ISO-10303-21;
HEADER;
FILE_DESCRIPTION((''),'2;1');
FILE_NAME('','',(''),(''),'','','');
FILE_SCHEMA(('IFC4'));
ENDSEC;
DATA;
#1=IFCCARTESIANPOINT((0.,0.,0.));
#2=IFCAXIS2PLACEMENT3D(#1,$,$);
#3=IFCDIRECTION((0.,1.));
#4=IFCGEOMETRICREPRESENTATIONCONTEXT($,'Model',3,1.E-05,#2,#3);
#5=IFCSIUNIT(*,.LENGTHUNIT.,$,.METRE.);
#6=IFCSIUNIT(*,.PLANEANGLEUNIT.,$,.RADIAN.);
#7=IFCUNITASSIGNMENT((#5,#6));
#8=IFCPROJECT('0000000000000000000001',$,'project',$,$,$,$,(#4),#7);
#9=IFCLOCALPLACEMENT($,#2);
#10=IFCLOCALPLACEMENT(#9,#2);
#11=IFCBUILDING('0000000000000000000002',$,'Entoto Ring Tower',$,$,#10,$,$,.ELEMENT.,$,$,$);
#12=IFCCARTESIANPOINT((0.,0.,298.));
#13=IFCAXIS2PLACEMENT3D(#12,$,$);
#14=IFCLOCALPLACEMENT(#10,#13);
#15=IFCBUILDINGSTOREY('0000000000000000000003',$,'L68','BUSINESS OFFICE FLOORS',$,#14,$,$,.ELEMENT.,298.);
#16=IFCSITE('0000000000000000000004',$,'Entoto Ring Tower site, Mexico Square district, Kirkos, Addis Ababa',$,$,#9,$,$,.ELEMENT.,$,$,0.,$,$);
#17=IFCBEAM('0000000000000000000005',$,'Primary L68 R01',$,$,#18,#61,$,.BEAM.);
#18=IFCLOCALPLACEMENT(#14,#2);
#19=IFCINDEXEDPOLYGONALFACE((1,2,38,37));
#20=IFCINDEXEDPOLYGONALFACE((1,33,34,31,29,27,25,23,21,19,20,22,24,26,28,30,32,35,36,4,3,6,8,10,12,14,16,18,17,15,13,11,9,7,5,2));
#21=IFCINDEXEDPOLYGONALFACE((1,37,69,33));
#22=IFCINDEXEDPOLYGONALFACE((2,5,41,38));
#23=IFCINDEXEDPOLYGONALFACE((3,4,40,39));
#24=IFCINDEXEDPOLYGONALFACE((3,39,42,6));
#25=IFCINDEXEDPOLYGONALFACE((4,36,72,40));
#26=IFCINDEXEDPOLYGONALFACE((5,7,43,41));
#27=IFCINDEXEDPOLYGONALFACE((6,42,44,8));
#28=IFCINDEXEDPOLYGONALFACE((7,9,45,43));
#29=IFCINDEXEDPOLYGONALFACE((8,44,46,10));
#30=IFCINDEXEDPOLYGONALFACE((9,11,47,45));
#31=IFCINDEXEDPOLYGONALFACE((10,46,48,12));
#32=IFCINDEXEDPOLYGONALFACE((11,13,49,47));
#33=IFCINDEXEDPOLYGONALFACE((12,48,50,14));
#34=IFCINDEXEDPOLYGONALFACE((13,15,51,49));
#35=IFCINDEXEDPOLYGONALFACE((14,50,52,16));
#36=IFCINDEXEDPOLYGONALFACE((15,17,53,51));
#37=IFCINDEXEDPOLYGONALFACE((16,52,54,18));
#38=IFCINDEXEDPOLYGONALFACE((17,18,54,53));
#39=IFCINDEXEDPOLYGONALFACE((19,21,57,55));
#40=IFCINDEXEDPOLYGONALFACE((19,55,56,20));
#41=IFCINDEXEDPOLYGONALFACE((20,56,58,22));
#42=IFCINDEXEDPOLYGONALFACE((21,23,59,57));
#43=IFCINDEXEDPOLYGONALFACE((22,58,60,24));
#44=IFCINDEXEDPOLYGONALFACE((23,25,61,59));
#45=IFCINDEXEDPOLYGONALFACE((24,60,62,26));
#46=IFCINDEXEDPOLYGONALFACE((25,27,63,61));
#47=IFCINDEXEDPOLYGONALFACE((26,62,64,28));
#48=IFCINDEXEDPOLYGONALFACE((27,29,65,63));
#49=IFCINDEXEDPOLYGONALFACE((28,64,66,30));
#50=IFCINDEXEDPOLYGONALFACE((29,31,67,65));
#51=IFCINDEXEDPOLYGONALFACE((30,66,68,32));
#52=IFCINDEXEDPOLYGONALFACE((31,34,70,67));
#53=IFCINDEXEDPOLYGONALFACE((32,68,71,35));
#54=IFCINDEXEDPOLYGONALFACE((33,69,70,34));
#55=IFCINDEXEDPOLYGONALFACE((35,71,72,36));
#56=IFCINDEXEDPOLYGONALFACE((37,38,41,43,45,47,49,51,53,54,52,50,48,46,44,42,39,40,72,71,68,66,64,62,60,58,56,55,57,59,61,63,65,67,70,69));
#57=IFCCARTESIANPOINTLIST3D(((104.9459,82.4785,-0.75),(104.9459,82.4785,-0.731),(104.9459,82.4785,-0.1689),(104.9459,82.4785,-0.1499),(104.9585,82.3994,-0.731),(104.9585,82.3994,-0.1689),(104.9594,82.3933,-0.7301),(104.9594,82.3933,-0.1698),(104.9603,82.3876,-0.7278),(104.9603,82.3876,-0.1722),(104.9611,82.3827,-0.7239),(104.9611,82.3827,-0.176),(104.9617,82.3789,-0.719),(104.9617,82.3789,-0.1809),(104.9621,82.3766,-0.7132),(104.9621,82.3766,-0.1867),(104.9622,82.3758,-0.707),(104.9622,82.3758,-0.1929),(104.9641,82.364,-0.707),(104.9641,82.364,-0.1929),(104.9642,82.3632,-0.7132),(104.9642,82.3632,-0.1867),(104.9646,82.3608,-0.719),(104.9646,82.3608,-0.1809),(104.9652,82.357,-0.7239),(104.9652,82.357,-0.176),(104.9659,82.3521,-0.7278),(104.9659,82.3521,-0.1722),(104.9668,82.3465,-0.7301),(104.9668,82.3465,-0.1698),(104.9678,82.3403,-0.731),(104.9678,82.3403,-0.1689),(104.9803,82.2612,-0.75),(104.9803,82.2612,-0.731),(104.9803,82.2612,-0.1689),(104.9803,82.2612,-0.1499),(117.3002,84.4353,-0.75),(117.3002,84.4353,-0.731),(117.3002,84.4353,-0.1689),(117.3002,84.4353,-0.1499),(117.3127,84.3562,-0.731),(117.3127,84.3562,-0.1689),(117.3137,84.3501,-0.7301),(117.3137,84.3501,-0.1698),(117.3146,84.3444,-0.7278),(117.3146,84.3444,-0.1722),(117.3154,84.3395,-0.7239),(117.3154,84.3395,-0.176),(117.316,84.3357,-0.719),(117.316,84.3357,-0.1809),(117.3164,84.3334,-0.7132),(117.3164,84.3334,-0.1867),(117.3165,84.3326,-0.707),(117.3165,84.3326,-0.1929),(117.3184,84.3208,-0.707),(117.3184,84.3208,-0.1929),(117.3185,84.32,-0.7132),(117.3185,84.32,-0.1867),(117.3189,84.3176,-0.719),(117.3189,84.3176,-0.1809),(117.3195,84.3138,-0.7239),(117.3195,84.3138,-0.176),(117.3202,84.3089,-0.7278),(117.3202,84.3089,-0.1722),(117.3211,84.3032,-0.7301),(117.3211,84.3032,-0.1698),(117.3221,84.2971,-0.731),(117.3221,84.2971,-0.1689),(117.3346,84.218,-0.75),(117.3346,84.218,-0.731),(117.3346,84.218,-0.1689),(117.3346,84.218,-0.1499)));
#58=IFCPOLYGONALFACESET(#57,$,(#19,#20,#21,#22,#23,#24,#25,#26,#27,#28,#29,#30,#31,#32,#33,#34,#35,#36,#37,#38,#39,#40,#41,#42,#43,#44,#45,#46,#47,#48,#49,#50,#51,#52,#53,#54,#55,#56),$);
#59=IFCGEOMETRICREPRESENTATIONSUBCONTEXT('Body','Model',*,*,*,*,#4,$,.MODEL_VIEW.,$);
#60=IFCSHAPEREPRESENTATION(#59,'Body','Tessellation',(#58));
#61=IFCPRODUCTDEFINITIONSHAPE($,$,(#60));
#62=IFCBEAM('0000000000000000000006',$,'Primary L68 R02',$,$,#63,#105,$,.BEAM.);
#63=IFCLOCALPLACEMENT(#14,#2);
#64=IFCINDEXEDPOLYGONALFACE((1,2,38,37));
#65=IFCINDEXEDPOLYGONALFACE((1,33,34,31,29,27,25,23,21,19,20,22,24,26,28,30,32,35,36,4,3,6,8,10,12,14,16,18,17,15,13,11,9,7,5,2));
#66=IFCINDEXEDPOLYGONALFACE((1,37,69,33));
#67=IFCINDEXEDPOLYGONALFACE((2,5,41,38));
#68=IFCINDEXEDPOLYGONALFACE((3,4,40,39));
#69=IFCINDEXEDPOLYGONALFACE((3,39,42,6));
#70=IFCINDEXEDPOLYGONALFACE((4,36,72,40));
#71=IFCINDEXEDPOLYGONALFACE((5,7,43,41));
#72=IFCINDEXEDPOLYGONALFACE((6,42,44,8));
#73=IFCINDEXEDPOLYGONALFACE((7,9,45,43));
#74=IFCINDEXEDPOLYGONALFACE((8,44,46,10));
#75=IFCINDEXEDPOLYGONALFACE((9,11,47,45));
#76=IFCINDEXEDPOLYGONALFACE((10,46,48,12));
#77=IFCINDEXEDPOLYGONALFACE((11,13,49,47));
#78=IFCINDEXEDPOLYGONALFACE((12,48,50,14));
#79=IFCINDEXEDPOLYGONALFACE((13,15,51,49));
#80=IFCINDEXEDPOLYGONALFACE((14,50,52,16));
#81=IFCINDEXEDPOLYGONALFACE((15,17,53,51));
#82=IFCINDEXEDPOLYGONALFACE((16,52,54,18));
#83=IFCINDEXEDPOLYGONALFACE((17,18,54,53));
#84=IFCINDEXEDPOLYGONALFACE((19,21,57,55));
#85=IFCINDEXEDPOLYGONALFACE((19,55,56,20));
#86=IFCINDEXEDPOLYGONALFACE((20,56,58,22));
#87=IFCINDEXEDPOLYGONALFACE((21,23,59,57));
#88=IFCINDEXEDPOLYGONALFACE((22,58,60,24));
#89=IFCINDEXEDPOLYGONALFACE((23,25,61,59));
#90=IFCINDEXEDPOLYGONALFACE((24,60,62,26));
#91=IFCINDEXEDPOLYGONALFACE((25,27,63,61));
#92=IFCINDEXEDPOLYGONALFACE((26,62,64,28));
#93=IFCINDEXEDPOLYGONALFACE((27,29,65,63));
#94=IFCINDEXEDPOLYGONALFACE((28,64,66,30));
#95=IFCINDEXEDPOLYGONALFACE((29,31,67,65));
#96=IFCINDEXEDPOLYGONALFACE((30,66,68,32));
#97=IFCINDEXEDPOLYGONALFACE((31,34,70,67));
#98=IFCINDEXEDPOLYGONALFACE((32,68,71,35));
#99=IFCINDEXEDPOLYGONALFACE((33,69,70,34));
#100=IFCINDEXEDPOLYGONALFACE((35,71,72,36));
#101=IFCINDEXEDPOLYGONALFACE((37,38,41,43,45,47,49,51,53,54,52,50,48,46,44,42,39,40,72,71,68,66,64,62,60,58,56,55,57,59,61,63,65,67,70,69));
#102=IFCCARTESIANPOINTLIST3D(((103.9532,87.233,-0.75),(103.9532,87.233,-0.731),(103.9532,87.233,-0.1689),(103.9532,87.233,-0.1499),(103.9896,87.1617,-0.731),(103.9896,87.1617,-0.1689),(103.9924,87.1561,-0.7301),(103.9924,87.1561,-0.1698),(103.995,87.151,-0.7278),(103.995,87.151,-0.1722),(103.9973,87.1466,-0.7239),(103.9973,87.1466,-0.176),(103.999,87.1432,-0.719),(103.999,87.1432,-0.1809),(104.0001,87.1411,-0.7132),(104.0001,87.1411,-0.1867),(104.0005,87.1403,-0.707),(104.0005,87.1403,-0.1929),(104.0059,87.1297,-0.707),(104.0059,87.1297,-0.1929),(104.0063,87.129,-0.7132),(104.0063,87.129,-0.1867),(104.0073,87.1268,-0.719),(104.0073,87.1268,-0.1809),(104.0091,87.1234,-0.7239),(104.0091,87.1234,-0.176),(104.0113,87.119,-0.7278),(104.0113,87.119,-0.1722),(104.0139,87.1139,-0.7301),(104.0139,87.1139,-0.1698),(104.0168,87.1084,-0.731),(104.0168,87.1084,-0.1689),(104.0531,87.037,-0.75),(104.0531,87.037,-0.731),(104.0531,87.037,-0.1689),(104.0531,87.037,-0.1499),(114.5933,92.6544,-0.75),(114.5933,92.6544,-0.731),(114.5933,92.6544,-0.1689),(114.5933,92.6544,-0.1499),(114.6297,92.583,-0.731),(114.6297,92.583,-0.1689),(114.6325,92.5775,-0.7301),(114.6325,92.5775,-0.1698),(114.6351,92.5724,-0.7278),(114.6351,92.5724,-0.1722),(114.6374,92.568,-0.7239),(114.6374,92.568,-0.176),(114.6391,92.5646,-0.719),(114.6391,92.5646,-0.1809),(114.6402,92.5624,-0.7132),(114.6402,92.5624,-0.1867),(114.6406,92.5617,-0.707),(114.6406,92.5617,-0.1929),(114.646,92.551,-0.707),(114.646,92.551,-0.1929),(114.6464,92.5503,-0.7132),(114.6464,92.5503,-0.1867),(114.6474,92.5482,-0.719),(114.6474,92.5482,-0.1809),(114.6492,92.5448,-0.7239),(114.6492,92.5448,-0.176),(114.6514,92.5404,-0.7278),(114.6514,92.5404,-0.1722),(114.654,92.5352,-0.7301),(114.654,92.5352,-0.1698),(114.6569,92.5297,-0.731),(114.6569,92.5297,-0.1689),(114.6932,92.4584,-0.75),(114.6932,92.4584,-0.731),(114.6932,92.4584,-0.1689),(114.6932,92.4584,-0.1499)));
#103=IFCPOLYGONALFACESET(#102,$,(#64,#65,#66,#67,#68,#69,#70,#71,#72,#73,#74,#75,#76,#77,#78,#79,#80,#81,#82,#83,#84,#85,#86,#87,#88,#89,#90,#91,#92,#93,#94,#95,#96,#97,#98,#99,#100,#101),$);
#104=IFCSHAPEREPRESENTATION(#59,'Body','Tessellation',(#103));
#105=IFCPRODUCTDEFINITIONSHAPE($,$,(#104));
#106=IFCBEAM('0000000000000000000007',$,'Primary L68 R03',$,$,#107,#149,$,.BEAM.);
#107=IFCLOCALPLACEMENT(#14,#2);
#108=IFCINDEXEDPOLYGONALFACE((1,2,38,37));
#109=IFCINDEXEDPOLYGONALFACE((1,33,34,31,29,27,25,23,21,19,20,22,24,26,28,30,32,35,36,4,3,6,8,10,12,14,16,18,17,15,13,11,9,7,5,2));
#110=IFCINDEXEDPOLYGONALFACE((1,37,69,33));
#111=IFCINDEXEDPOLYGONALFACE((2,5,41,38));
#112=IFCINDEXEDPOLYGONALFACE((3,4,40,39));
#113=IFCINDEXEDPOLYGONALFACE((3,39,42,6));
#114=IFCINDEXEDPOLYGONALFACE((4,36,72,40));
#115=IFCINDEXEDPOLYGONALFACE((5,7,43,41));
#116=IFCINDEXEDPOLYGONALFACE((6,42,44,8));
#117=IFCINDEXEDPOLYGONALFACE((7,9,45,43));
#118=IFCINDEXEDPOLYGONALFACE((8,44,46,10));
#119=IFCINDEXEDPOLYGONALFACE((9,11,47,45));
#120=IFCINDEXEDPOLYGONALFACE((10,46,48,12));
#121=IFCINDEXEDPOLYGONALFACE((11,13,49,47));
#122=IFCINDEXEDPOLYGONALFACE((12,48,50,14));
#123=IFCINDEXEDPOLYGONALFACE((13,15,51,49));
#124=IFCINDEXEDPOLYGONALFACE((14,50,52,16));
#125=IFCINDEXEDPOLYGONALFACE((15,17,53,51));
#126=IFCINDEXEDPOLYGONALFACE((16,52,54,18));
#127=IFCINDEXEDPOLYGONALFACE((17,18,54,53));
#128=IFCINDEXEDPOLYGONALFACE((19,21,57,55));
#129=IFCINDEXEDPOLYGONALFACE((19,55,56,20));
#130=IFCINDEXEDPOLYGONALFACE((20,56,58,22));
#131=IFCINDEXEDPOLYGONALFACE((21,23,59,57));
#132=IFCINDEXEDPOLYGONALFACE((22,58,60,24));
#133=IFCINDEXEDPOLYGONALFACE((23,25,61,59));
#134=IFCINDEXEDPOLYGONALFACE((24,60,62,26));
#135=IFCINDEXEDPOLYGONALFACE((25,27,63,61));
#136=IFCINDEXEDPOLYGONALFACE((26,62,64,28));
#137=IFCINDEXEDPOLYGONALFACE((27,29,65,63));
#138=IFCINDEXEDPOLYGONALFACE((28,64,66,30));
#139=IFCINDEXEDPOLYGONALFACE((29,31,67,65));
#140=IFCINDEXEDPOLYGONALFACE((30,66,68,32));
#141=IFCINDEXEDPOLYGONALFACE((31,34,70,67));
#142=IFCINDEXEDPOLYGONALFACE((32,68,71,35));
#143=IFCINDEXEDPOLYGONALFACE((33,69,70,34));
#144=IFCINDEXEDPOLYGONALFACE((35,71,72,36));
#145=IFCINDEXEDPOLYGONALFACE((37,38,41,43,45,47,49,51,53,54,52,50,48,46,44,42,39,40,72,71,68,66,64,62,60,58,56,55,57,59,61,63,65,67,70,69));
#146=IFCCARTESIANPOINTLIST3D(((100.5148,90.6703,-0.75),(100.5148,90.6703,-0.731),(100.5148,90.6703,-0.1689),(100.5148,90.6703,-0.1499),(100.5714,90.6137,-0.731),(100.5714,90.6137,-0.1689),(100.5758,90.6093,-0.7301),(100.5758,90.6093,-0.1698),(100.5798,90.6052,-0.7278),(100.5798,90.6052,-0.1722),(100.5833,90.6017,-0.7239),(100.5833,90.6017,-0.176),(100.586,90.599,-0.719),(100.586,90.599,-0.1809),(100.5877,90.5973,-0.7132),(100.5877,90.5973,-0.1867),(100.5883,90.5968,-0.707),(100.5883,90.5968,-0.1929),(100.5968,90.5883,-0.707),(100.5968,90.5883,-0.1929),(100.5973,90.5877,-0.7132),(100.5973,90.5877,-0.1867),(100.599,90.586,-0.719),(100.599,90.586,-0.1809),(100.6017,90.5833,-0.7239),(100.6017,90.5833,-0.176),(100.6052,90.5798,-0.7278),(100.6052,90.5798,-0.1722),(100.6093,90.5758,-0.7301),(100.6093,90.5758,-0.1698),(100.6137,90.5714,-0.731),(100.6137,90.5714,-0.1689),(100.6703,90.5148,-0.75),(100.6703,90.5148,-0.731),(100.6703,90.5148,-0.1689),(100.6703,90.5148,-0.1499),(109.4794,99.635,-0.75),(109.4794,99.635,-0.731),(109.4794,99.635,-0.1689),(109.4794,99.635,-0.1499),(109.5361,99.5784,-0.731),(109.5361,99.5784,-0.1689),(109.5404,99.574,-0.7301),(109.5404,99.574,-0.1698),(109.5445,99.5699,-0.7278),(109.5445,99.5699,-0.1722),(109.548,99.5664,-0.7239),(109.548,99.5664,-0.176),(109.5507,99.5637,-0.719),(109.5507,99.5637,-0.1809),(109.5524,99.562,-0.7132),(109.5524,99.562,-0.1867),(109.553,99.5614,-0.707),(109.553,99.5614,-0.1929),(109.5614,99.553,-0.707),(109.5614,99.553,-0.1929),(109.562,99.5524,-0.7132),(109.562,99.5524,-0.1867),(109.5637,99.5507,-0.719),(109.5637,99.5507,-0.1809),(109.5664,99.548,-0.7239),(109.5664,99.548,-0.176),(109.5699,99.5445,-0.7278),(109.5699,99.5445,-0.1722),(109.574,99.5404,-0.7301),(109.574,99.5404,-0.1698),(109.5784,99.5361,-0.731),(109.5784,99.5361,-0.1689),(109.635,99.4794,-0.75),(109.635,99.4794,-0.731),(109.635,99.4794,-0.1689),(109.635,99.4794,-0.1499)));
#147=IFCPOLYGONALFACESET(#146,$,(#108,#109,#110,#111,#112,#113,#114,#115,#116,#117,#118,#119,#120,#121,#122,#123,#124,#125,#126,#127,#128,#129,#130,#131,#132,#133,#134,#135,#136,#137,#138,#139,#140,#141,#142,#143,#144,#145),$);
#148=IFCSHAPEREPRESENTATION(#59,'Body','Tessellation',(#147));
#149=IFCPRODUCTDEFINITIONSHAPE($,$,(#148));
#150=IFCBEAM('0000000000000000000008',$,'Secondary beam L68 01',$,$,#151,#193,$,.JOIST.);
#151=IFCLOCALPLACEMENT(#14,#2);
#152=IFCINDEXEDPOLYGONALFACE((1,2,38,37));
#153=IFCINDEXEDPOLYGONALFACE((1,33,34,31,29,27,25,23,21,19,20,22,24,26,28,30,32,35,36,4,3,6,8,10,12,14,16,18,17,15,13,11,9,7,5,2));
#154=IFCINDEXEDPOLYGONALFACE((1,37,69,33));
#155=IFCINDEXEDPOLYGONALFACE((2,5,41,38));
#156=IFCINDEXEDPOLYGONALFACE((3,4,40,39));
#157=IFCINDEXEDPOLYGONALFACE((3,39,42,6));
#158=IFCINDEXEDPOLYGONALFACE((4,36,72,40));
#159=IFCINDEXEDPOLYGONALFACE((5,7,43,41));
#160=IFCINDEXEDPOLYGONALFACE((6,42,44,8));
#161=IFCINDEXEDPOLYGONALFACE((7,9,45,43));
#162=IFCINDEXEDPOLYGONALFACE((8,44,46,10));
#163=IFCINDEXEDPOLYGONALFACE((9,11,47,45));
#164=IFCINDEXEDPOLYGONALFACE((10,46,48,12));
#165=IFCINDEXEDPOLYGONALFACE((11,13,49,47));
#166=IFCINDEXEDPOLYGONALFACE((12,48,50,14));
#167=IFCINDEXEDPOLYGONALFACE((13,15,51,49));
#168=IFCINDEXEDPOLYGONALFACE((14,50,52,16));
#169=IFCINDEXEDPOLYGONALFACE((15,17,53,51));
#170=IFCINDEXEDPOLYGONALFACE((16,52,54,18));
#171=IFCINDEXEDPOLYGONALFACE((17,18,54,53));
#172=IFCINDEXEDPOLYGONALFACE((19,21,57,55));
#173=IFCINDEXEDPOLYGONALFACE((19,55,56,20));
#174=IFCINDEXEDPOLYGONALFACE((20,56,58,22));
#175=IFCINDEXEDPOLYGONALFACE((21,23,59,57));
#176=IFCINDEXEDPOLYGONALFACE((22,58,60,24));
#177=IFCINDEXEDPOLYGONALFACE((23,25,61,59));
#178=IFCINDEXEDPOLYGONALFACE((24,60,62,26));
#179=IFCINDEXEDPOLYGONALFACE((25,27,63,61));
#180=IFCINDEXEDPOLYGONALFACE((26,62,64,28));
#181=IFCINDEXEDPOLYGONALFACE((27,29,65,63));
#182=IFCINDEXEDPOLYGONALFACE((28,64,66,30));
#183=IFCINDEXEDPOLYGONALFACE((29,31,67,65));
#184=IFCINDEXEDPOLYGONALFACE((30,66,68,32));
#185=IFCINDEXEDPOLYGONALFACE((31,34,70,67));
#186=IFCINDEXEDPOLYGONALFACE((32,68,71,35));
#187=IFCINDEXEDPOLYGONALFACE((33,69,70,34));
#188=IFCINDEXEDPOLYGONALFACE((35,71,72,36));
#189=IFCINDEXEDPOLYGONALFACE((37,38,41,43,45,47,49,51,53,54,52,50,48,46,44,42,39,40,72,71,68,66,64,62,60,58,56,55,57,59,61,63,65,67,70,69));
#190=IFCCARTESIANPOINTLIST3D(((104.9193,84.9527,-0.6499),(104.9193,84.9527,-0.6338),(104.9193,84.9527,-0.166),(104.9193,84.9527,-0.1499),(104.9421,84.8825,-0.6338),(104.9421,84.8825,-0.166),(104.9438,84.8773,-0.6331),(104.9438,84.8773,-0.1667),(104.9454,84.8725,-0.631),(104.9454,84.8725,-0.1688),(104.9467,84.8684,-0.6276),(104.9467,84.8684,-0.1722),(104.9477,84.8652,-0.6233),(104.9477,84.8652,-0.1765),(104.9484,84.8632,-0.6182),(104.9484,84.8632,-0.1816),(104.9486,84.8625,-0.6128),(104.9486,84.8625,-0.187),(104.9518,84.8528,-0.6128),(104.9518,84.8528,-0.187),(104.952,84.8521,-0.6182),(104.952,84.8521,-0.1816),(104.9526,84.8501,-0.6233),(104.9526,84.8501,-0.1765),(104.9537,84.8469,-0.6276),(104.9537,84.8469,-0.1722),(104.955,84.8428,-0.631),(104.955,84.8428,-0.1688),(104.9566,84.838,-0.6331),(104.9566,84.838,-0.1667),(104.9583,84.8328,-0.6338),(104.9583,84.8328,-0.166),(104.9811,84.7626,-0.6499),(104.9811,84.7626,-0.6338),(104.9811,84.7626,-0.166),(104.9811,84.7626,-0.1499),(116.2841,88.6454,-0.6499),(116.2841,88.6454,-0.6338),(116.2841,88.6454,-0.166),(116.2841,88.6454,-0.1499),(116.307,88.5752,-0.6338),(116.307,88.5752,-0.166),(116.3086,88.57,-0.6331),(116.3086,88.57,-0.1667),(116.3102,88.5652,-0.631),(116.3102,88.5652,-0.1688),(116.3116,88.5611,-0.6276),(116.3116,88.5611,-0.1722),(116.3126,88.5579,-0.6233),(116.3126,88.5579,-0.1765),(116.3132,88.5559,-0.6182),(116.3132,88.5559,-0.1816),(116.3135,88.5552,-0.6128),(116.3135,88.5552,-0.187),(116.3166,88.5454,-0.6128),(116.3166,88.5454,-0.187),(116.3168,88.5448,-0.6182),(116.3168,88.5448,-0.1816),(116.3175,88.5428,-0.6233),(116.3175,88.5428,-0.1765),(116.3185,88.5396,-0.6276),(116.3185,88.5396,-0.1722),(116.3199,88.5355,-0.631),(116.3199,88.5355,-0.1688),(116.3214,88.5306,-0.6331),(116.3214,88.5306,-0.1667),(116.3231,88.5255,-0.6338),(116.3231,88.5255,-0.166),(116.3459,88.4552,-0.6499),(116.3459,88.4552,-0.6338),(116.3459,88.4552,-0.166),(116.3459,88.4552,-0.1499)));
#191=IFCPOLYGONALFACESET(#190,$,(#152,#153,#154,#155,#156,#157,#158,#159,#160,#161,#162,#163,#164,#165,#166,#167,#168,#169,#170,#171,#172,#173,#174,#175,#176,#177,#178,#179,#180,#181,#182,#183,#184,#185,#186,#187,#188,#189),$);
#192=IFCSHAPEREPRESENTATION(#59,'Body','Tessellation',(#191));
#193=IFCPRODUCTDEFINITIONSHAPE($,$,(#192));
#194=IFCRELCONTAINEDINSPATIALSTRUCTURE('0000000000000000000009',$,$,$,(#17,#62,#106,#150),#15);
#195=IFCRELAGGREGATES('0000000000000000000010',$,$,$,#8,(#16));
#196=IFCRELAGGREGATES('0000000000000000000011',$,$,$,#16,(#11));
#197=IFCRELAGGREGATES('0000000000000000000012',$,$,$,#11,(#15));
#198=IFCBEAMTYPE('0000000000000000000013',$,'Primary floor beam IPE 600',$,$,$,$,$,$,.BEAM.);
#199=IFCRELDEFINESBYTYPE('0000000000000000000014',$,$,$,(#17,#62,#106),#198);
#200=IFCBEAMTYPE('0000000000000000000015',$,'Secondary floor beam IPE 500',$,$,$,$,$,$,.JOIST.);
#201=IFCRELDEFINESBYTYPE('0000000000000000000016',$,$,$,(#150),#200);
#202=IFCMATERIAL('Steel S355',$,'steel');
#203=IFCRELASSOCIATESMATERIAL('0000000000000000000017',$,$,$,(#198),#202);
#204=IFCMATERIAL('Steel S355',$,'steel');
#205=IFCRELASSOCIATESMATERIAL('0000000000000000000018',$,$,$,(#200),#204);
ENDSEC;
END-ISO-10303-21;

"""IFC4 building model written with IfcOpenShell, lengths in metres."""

from ifc_helpers import new_model, si_unit, direction, frame, origin, origin_2d, place, context, subcontext, project, spatial, i_section, extrude, material, material_profile, profile_set, type_object, element, save


model = new_model("IFC4")

# Units and contexts
model_context = context("Model", 3, precision=1e-05, world=origin(), true_north=direction((0.0, 1.0)))
body_context = subcontext(model_context, "Body", "Model", "MODEL_VIEW")
ifc_project = project(units=[si_unit("LENGTHUNIT", "METRE"), si_unit("PLANEANGLEUNIT", "RADIAN")], contexts=[model_context])

# Site, building, storey
site_placement = place(None, origin())
site = spatial("IfcSite", under=ifc_project, at=site_placement, Name="Entoto Ring Tower site, Mexico Square district, Kirkos, Addis Ababa", CompositionType="ELEMENT", RefElevation=0.0)
building_placement = place(site_placement, origin())
building = spatial("IfcBuilding", under=site, at=building_placement, Name="Entoto Ring Tower", CompositionType="ELEMENT")
storey_placement = place(building_placement, frame((0.0, 0.0, 298.0)))
storey = spatial("IfcBuildingStorey", under=building, at=storey_placement, Name="L68", Description="BUSINESS OFFICE FLOORS", CompositionType="ELEMENT", Elevation=298.0)

# Beams
ifc_material_1 = material(Name="Steel S355", Category="steel")
ifc_material_profile_1 = material_profile(ifc_material_1, i_section(OverallWidth=0.22, OverallDepth=0.6001, WebThickness=0.012, FlangeThickness=0.019, FilletRadius=0.0239, at=origin_2d()), Name="IPE 600")
ifc_profile_set_1 = profile_set([ifc_material_profile_1], Name="Steel S355")
beam_type_1 = type_object("IfcBeamType", Name="Primary floor beam IPE 600", PredefinedType="BEAM", material=ifc_profile_set_1)
beam_1_placement = place(storey_placement, frame((104.9631, 82.3699, -0.45), z_axis=(0.987688, 0.15644, 0.0), x_axis=(-0.15644, 0.987688, 0.0)))
element("IfcBeam", 1, at=beam_1_placement, inside=storey, type_object=beam_type_1, Name="Primary L68 R01", PredefinedType="BEAM", context=body_context, shape_type="SweptSolid", body=[
    extrude(i_section(OverallWidth=0.22, OverallDepth=0.6001, WebThickness=0.012, FlangeThickness=0.019, FilletRadius=0.0239, at=origin_2d()), origin(), (0.0, 0.0, 1.0), 12.5083),
])
beam_2_placement = place(storey_placement, frame((104.0032, 87.135, -0.45), z_axis=(0.891008, 0.453988, 0.0), x_axis=(-0.453988, 0.891008, 0.0)))
element("IfcBeam", 2, at=beam_2_placement, inside=storey, type_object=beam_type_1, Name="Primary L68 R02", PredefinedType="BEAM", context=body_context, shape_type="SweptSolid", body=[
    extrude(i_section(OverallWidth=0.22, OverallDepth=0.6001, WebThickness=0.012, FlangeThickness=0.019, FilletRadius=0.0239, at=origin_2d()), origin(), (0.0, 0.0, 1.0), 11.9417),
])
beam_3_placement = place(storey_placement, frame((100.5925, 90.5925, -0.45), z_axis=(0.707107, 0.707107, 0.0), x_axis=(-0.707107, 0.707107, 0.0)))
element("IfcBeam", 3, at=beam_3_placement, inside=storey, type_object=beam_type_1, Name="Primary L68 R03", PredefinedType="BEAM", context=body_context, shape_type="SweptSolid", body=[
    extrude(i_section(OverallWidth=0.22, OverallDepth=0.6001, WebThickness=0.012, FlangeThickness=0.019, FilletRadius=0.0239, at=origin_2d()), origin(), (0.0, 0.0, 1.0), 12.678),
])
ifc_material_2 = material(Name="Steel S355", Category="steel")
ifc_material_profile_2 = material_profile(ifc_material_2, i_section(OverallWidth=0.2, OverallDepth=0.5, WebThickness=0.0103, FlangeThickness=0.0161, FilletRadius=0.021, at=origin_2d()), Name="IPE 500")
ifc_profile_set_2 = profile_set([ifc_material_profile_2], Name="Steel S355")
beam_type_2 = type_object("IfcBeamType", Name="Secondary floor beam IPE 500", PredefinedType="JOIST", material=ifc_profile_set_2)
beam_4_placement = place(storey_placement, frame((104.9502, 84.8577, -0.3999), z_axis=(0.951057, 0.309017, 0.0), x_axis=(-0.309017, 0.951057, 0.0)))
element("IfcBeam", 4, at=beam_4_placement, inside=storey, type_object=beam_type_2, Name="Secondary beam L68 01", PredefinedType="JOIST", context=body_context, shape_type="SweptSolid", body=[
    extrude(i_section(OverallWidth=0.2, OverallDepth=0.5, WebThickness=0.0103, FlangeThickness=0.0161, FilletRadius=0.021, at=origin_2d()), origin(), (0.0, 0.0, 1.0), 11.9497),
])

save(model, "model.ifc")
